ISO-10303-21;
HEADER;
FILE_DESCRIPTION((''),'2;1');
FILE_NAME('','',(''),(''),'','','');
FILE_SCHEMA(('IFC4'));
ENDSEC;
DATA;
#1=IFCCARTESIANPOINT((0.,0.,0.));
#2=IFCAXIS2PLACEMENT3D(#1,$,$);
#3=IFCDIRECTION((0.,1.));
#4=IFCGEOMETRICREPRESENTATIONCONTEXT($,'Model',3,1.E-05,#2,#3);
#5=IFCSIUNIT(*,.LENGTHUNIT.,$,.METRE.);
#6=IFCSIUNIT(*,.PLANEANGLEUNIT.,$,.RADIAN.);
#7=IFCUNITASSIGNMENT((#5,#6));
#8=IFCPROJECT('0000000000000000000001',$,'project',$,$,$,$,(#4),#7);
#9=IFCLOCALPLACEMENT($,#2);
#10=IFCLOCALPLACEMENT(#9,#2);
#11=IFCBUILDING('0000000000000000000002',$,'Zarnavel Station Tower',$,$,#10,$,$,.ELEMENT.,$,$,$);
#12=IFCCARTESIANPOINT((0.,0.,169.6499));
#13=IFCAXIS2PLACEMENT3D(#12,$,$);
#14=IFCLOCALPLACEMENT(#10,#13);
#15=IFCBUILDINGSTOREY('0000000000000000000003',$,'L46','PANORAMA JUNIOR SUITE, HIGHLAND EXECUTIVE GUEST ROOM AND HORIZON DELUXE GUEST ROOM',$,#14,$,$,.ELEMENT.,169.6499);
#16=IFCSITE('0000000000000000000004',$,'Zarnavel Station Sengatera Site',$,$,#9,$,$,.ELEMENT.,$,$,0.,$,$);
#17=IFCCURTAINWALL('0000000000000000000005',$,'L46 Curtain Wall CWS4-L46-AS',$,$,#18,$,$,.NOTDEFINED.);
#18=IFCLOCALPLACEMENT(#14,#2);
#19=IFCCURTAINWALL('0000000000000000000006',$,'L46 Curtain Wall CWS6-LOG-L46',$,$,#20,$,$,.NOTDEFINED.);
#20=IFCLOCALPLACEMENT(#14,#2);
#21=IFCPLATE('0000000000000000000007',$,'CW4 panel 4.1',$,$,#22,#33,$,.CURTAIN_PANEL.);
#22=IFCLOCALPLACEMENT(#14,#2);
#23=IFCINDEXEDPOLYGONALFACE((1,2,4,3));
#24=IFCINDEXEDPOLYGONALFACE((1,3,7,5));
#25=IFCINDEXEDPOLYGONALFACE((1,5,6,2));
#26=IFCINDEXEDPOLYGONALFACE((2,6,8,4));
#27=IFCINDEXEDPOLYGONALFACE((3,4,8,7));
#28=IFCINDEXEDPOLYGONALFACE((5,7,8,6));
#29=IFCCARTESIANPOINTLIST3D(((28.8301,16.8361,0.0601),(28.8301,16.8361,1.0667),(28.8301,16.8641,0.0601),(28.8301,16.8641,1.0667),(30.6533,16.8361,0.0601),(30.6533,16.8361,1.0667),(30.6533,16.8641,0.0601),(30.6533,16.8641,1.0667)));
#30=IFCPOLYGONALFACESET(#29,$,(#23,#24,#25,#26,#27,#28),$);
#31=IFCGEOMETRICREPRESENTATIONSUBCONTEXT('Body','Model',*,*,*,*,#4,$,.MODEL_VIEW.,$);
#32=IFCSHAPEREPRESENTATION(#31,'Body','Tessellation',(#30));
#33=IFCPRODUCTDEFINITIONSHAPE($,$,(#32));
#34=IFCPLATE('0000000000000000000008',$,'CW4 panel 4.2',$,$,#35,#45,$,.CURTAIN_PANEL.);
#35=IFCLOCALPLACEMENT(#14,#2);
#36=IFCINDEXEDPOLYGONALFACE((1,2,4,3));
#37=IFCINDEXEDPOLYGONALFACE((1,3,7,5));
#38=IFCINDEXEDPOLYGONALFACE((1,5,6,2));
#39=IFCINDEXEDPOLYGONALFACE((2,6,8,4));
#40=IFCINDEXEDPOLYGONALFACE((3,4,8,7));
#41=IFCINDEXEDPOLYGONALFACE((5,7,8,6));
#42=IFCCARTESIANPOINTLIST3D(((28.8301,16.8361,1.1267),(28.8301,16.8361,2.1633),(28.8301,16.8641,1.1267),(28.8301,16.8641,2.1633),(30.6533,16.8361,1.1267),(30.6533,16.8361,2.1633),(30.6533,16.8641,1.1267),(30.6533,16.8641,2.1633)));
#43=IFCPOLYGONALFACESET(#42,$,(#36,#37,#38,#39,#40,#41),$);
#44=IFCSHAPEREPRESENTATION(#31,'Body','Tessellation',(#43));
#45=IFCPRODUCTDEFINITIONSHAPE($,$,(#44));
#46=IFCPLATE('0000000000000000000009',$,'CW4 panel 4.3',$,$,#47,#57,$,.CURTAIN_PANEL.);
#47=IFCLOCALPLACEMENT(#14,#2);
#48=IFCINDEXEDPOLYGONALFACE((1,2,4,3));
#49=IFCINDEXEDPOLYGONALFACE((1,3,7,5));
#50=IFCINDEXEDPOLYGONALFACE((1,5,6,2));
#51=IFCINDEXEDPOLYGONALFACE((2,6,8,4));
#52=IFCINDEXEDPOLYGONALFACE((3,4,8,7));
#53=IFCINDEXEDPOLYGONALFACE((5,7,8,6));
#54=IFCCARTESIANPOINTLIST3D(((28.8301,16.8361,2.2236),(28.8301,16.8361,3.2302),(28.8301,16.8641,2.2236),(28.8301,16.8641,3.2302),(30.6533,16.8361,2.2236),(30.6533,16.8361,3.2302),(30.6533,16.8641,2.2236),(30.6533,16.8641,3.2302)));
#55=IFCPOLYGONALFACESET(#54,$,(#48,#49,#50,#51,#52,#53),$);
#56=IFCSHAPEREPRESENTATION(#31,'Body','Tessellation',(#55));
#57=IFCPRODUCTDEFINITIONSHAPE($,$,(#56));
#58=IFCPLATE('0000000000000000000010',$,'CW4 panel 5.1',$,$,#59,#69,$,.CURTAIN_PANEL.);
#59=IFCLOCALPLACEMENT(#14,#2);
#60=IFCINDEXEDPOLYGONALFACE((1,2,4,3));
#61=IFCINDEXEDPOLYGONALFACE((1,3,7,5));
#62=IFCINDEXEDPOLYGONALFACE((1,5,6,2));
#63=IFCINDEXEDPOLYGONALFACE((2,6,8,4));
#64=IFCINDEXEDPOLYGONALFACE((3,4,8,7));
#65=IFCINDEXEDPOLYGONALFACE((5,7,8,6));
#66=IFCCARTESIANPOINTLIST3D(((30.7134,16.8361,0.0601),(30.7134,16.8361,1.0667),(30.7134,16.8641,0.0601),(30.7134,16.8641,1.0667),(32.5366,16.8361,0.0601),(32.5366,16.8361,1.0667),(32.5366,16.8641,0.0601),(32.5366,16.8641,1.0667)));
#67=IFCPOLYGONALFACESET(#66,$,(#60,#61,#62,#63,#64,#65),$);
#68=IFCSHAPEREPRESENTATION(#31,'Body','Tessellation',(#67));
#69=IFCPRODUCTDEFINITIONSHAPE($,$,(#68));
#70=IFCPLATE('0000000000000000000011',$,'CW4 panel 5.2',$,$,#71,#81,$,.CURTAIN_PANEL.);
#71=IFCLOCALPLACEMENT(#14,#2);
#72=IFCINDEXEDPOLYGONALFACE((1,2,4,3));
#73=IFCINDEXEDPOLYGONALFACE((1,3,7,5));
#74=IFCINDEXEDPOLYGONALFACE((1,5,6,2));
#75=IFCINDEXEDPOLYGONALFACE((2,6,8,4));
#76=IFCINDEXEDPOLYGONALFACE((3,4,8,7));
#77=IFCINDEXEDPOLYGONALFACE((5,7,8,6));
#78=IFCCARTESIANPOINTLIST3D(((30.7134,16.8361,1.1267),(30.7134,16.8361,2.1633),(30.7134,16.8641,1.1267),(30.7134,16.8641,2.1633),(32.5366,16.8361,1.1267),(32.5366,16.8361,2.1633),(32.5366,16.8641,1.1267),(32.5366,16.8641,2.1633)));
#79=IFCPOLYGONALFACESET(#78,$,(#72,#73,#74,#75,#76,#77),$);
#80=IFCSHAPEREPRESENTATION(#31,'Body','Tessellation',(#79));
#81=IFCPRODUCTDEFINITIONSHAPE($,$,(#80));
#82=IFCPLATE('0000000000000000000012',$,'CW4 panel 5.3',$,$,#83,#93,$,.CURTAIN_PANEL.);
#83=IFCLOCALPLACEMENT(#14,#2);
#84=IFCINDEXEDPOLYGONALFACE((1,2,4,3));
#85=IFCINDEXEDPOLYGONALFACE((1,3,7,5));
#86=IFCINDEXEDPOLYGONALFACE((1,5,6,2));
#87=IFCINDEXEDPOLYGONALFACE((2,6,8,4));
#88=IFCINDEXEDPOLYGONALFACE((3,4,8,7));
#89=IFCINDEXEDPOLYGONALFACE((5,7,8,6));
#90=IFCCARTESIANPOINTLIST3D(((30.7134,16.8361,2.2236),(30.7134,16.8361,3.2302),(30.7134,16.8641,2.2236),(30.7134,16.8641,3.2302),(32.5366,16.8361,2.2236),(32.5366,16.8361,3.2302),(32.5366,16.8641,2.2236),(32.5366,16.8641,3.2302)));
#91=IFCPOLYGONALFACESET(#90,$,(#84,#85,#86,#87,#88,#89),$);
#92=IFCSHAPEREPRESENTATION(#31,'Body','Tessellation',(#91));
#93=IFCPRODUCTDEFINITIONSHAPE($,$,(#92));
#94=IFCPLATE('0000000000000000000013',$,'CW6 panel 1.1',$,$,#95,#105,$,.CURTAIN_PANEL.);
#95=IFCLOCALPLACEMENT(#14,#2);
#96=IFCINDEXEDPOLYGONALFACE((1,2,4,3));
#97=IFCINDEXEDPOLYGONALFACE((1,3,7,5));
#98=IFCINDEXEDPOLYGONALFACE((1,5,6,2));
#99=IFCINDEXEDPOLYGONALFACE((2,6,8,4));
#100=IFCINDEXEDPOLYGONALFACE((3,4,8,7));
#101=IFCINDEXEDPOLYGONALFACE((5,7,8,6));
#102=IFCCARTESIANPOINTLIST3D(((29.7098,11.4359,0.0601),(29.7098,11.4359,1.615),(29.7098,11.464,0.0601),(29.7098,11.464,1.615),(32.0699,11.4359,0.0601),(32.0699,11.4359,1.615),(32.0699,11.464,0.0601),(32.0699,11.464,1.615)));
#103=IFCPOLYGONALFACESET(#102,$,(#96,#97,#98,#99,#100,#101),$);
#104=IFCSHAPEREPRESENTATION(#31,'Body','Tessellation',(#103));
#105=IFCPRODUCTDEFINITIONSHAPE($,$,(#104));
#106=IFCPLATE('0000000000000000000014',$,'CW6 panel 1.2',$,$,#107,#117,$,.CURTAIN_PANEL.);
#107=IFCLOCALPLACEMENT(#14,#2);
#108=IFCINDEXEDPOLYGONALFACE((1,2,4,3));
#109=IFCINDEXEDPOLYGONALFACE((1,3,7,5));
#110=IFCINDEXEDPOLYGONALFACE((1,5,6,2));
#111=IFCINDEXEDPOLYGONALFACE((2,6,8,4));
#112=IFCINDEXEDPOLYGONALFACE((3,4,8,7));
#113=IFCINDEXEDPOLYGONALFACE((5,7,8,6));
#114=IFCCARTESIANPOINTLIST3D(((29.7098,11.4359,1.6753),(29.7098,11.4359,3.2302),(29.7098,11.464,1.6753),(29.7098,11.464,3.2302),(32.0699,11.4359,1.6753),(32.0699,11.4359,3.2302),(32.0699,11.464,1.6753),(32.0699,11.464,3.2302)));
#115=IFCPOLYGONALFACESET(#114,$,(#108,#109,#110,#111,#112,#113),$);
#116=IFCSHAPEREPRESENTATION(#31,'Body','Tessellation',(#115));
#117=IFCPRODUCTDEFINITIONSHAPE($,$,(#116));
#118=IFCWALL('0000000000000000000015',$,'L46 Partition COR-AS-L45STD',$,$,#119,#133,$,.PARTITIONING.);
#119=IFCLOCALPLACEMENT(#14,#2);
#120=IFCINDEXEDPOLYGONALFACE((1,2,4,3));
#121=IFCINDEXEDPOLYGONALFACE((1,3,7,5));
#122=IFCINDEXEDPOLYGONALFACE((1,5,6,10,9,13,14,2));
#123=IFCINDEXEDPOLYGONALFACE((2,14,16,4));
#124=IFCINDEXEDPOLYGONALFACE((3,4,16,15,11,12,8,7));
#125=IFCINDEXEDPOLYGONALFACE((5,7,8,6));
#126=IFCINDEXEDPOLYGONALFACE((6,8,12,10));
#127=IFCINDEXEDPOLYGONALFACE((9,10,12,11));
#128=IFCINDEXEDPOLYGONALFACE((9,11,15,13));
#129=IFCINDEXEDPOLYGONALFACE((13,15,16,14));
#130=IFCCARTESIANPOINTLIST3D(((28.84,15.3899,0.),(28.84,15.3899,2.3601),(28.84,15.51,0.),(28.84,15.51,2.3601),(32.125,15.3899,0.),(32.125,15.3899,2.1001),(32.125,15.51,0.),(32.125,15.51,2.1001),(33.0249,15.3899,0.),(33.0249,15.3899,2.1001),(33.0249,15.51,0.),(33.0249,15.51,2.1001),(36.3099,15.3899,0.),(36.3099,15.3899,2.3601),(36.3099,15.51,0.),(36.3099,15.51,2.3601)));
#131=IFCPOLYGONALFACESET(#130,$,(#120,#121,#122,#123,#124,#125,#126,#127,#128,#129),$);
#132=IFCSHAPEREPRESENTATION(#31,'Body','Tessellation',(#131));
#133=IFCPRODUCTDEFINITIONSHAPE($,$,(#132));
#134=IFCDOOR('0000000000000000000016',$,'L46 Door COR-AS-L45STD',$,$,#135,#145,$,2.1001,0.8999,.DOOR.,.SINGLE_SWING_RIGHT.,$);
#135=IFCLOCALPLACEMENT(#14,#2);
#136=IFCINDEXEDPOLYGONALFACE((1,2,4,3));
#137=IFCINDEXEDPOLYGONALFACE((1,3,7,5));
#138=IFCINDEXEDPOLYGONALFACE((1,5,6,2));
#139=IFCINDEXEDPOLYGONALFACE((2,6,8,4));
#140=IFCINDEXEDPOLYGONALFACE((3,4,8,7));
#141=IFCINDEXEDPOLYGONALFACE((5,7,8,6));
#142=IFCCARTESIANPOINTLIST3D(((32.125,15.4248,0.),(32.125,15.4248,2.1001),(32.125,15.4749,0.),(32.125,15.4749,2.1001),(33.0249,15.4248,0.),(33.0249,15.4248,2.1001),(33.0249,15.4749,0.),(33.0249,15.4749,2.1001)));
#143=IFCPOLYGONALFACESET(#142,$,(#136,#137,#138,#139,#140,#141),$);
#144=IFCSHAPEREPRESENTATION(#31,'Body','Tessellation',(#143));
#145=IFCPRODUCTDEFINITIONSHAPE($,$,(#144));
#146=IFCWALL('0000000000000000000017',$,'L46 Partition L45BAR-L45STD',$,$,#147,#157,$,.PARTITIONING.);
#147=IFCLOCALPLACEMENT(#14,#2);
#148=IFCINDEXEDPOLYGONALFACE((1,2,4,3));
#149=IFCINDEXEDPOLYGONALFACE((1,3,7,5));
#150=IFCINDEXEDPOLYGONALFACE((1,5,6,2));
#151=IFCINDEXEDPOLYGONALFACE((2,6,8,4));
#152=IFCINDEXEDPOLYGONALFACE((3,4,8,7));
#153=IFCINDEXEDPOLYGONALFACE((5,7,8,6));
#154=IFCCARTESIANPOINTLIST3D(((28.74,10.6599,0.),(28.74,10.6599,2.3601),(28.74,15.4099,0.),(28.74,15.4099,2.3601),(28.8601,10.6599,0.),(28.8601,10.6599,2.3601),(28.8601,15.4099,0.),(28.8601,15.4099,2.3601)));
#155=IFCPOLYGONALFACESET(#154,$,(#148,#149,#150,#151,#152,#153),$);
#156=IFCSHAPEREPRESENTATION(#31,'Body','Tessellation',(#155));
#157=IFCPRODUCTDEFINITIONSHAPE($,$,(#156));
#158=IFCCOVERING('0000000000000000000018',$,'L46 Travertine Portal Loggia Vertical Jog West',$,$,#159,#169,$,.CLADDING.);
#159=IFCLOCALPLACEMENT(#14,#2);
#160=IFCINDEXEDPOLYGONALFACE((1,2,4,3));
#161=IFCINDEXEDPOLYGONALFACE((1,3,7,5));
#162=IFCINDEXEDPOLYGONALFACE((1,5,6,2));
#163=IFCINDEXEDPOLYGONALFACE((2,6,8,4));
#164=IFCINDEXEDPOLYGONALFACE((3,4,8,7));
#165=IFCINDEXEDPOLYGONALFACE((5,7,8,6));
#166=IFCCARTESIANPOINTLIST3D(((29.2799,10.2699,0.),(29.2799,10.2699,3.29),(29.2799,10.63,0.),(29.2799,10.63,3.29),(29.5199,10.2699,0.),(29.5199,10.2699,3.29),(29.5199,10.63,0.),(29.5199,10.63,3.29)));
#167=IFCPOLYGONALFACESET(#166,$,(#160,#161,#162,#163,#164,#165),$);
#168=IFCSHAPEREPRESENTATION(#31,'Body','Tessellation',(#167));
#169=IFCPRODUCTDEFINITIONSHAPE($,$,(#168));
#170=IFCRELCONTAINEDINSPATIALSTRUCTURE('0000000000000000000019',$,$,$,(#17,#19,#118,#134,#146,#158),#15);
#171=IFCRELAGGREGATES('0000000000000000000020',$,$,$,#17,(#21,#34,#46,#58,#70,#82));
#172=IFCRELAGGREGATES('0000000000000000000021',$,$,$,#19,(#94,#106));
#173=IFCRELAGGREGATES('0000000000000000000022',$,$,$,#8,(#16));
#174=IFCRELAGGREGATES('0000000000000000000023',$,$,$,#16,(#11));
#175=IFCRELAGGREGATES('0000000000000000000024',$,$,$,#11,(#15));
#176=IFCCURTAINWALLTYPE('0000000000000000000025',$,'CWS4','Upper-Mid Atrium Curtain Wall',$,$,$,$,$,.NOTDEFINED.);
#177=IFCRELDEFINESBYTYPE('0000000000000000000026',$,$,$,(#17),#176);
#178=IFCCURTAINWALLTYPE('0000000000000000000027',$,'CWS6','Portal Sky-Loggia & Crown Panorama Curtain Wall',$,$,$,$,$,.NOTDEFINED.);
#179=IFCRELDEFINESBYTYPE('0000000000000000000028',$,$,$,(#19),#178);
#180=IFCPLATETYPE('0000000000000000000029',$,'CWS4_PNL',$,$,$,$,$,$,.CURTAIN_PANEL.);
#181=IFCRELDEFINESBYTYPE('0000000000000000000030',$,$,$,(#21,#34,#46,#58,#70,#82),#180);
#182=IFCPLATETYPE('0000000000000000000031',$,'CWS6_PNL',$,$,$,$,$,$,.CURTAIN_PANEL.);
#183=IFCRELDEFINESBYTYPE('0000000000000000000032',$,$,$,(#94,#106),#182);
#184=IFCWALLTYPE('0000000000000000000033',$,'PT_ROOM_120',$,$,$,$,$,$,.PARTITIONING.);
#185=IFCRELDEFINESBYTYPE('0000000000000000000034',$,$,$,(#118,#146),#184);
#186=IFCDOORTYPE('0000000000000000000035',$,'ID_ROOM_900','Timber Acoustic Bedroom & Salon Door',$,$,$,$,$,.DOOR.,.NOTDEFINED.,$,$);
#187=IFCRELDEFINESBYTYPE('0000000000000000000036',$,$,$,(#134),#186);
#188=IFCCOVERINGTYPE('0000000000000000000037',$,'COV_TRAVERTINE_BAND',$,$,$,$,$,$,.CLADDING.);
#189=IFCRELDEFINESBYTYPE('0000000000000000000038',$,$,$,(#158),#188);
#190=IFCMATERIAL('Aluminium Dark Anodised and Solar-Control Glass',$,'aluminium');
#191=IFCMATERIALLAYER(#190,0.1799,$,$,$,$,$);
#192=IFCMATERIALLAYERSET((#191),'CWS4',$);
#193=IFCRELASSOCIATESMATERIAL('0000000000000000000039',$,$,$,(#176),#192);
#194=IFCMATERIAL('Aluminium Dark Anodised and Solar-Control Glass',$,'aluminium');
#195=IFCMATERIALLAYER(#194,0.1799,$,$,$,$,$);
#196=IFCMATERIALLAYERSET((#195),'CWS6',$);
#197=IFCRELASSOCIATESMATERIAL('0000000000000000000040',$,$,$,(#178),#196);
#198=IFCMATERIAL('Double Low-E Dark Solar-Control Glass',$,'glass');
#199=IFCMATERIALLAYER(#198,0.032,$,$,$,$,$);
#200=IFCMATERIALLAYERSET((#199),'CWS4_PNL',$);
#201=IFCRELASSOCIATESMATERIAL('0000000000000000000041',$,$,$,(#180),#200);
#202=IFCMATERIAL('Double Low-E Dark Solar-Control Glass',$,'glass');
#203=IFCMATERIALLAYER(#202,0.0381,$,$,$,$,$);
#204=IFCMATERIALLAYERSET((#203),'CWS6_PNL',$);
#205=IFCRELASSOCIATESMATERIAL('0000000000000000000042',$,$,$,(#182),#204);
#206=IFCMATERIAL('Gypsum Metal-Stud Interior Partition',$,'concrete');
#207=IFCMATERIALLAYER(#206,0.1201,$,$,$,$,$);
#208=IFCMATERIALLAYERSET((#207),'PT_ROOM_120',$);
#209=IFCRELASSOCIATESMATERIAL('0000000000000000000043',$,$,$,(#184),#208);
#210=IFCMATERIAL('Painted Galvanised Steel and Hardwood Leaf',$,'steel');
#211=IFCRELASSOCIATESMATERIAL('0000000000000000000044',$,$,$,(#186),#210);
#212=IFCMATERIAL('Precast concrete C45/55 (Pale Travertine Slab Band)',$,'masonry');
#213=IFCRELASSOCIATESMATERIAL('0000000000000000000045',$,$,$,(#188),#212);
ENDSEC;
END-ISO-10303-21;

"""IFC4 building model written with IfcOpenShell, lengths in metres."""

from ifc_helpers import new_model, si_unit, direction, frame, frame_2d, origin, origin_2d, place, context, subcontext, project, spatial, rectangle, extrude, material, layer, layer_set, type_object, element, fill, aggregate, save


model = new_model("IFC4")

# Units and contexts
model_context = context("Model", 3, precision=1e-05, world=origin(), true_north=direction((0.0, 1.0)))
body_context = subcontext(model_context, "Body", "Model", "MODEL_VIEW")
ifc_project = project(units=[si_unit("LENGTHUNIT", "METRE"), si_unit("PLANEANGLEUNIT", "RADIAN")], contexts=[model_context])

# Site, building, storey
site_placement = place(None, origin())
site = spatial("IfcSite", under=ifc_project, at=site_placement, Name="Zarnavel Station Sengatera Site", CompositionType="ELEMENT", RefElevation=0.0)
building_placement = place(site_placement, origin())
building = spatial("IfcBuilding", under=site, at=building_placement, Name="Zarnavel Station Tower", CompositionType="ELEMENT")
storey_placement = place(building_placement, frame((0.0, 0.0, 169.6499)))
storey = spatial("IfcBuildingStorey", under=building, at=storey_placement, Name="L46", Description="PANORAMA JUNIOR SUITE, HIGHLAND EXECUTIVE GUEST ROOM AND HORIZON DELUXE GUEST ROOM", CompositionType="ELEMENT", Elevation=169.6499)

# Curtain walls
ifc_material_1 = material(Name="Aluminium Dark Anodised and Solar-Control Glass", Category="aluminium")
ifc_layer_1 = layer(ifc_material_1, 0.1799)
ifc_layer_set_1 = layer_set([ifc_layer_1], Name="CWS4")
curtain_wall_type_1 = type_object("IfcCurtainWallType", Name="CWS4", Description="Upper-Mid Atrium Curtain Wall", PredefinedType="NOTDEFINED", material=ifc_layer_set_1)
curtain_wall_1_placement = place(storey_placement, origin())
curtain_wall_1 = element("IfcCurtainWall", 1, at=curtain_wall_1_placement, inside=storey, type_object=curtain_wall_type_1, Name="L46 Curtain Wall CWS4-L46-AS", PredefinedType="NOTDEFINED")
ifc_material_2 = material(Name="Aluminium Dark Anodised and Solar-Control Glass", Category="aluminium")
ifc_layer_2 = layer(ifc_material_2, 0.1799)
ifc_layer_set_2 = layer_set([ifc_layer_2], Name="CWS6")
curtain_wall_type_2 = type_object("IfcCurtainWallType", Name="CWS6", Description="Portal Sky-Loggia & Crown Panorama Curtain Wall", PredefinedType="NOTDEFINED", material=ifc_layer_set_2)
curtain_wall_2_placement = place(storey_placement, origin())
curtain_wall_2 = element("IfcCurtainWall", 2, at=curtain_wall_2_placement, inside=storey, type_object=curtain_wall_type_2, Name="L46 Curtain Wall CWS6-LOG-L46", PredefinedType="NOTDEFINED")

# Plates
ifc_material_3 = material(Name="Double Low-E Dark Solar-Control Glass", Category="glass")
ifc_layer_3 = layer(ifc_material_3, 0.032)
ifc_layer_set_3 = layer_set([ifc_layer_3], Name="CWS4_PNL")
plate_type_1 = type_object("IfcPlateType", Name="CWS4_PNL", PredefinedType="CURTAIN_PANEL", material=ifc_layer_set_3)
plate_1_placement = place(storey_placement, frame((29.7417, 16.8501, 0.0601), z_axis=(0.0, 0.0, 1.0), x_axis=(1.0, 0.0, 0.0)))
plate_1 = element("IfcPlate", 3, at=plate_1_placement, type_object=plate_type_1, Name="CW4 panel 4.1", PredefinedType="CURTAIN_PANEL", context=body_context, shape_type="SweptSolid", body=[
    extrude(rectangle(XDim=1.8232, YDim=0.0281, at=origin_2d()), origin(), (0.0, 0.0, 1.0), 1.0066),
])
plate_2_placement = place(storey_placement, frame((29.7417, 16.8501, 1.1267), z_axis=(0.0, 0.0, 1.0), x_axis=(1.0, 0.0, 0.0)))
plate_2 = element("IfcPlate", 4, at=plate_2_placement, type_object=plate_type_1, Name="CW4 panel 4.2", PredefinedType="CURTAIN_PANEL", context=body_context, shape_type="SweptSolid", body=[
    extrude(rectangle(XDim=1.8232, YDim=0.0281, at=origin_2d()), origin(), (0.0, 0.0, 1.0), 1.0366),
])
plate_3_placement = place(storey_placement, frame((29.7417, 16.8501, 2.2236), z_axis=(0.0, 0.0, 1.0), x_axis=(1.0, 0.0, 0.0)))
plate_3 = element("IfcPlate", 5, at=plate_3_placement, type_object=plate_type_1, Name="CW4 panel 4.3", PredefinedType="CURTAIN_PANEL", context=body_context, shape_type="SweptSolid", body=[
    extrude(rectangle(XDim=1.8232, YDim=0.0281, at=origin_2d()), origin(), (0.0, 0.0, 1.0), 1.0066),
])
plate_4_placement = place(storey_placement, frame((31.625, 16.8501, 0.0601), z_axis=(0.0, 0.0, 1.0), x_axis=(1.0, 0.0, 0.0)))
plate_4 = element("IfcPlate", 6, at=plate_4_placement, type_object=plate_type_1, Name="CW4 panel 5.1", PredefinedType="CURTAIN_PANEL", context=body_context, shape_type="SweptSolid", body=[
    extrude(rectangle(XDim=1.8232, YDim=0.0281, at=origin_2d()), origin(), (0.0, 0.0, 1.0), 1.0066),
])
plate_5_placement = place(storey_placement, frame((31.625, 16.8501, 1.1267), z_axis=(0.0, 0.0, 1.0), x_axis=(1.0, 0.0, 0.0)))
plate_5 = element("IfcPlate", 7, at=plate_5_placement, type_object=plate_type_1, Name="CW4 panel 5.2", PredefinedType="CURTAIN_PANEL", context=body_context, shape_type="SweptSolid", body=[
    extrude(rectangle(XDim=1.8232, YDim=0.0281, at=origin_2d()), origin(), (0.0, 0.0, 1.0), 1.0366),
])
plate_6_placement = place(storey_placement, frame((31.625, 16.8501, 2.2236), z_axis=(0.0, 0.0, 1.0), x_axis=(1.0, 0.0, 0.0)))
plate_6 = element("IfcPlate", 8, at=plate_6_placement, type_object=plate_type_1, Name="CW4 panel 5.3", PredefinedType="CURTAIN_PANEL", context=body_context, shape_type="SweptSolid", body=[
    extrude(rectangle(XDim=1.8232, YDim=0.0281, at=origin_2d()), origin(), (0.0, 0.0, 1.0), 1.0066),
])
aggregate(curtain_wall_1, [plate_1, plate_2, plate_3, plate_4, plate_5, plate_6])
ifc_material_4 = material(Name="Double Low-E Dark Solar-Control Glass", Category="glass")
ifc_layer_4 = layer(ifc_material_4, 0.0381)
ifc_layer_set_4 = layer_set([ifc_layer_4], Name="CWS6_PNL")
plate_type_2 = type_object("IfcPlateType", Name="CWS6_PNL", PredefinedType="CURTAIN_PANEL", material=ifc_layer_set_4)
plate_7_placement = place(storey_placement, frame((30.8899, 11.45, 0.0601), z_axis=(0.0, 0.0, 1.0), x_axis=(1.0, 0.0, 0.0)))
plate_7 = element("IfcPlate", 9, at=plate_7_placement, type_object=plate_type_2, Name="CW6 panel 1.1", PredefinedType="CURTAIN_PANEL", context=body_context, shape_type="SweptSolid", body=[
    extrude(rectangle(XDim=2.3601, YDim=0.0281, at=origin_2d()), origin(), (0.0, 0.0, 1.0), 1.5549),
])
plate_8_placement = place(storey_placement, frame((30.8899, 11.45, 1.6753), z_axis=(0.0, 0.0, 1.0), x_axis=(1.0, 0.0, 0.0)))
plate_8 = element("IfcPlate", 10, at=plate_8_placement, type_object=plate_type_2, Name="CW6 panel 1.2", PredefinedType="CURTAIN_PANEL", context=body_context, shape_type="SweptSolid", body=[
    extrude(rectangle(XDim=2.3601, YDim=0.0281, at=origin_2d()), origin(), (0.0, 0.0, 1.0), 1.5549),
])
aggregate(curtain_wall_2, [plate_7, plate_8])

# Wall, opening, door
ifc_material_5 = material(Name="Gypsum Metal-Stud Interior Partition", Category="concrete")
ifc_layer_5 = layer(ifc_material_5, 0.1201)
ifc_layer_set_5 = layer_set([ifc_layer_5], Name="PT_ROOM_120")
wall_type = type_object("IfcWallType", Name="PT_ROOM_120", PredefinedType="PARTITIONING", material=ifc_layer_set_5)
wall_1_placement = place(storey_placement, frame((28.8401, 15.45, 0.0), z_axis=(0.0, 0.0, 1.0), x_axis=(1.0, 0.0, 0.0)))
wall_1 = element("IfcWall", 11, at=wall_1_placement, inside=storey, type_object=wall_type, Name="L46 Partition COR-AS-L45STD", PredefinedType="PARTITIONING", context=body_context, shape_type="SweptSolid", body=[
    extrude(rectangle(XDim=7.47, YDim=0.1201, at=frame_2d((3.7349, 0.0))), origin(), (0.0, 0.0, 1.0), 2.3601),
])
opening_placement = place(wall_1_placement, frame((3.2849, 0.0, 0.0)))
opening = element("IfcOpeningElement", 12, at=opening_placement, cuts=wall_1, PredefinedType="OPENING", context=body_context, shape_type="SweptSolid", body=[
    extrude(rectangle(XDim=0.8999, YDim=2.1001, at=frame_2d((0.45, 1.05))), frame((0.0, 0.0701, 0.0), z_axis=(0.0, -1.0, 0.0), x_axis=(1.0, 0.0, 0.0)), (0.0, 0.0, 1.0), 0.1401),
])
ifc_material_6 = material(Name="Painted Galvanised Steel and Hardwood Leaf", Category="steel")
door_type = type_object("IfcDoorType", Name="ID_ROOM_900", Description="Timber Acoustic Bedroom & Salon Door", OperationType="NOTDEFINED", PredefinedType="DOOR", material=ifc_material_6)
door_placement = place(opening_placement, origin())
door = element("IfcDoor", 13, at=door_placement, inside=storey, type_object=door_type, Name="L46 Door COR-AS-L45STD", OperationType="SINGLE_SWING_RIGHT", OverallHeight=2.1001, OverallWidth=0.8999, PredefinedType="DOOR", context=body_context, shape_type="SweptSolid", body=[
    extrude(rectangle(XDim=0.8999, YDim=2.1001, at=frame_2d((0.45, 1.05))), frame((0.0, 0.0249, 0.0), z_axis=(0.0, -1.0, 0.0), x_axis=(1.0, 0.0, 0.0)), (0.0, 0.0, 1.0), 0.05),
])
fill(opening, door)

# Wall
wall_2_placement = place(storey_placement, frame((28.8, 10.6599, 0.0), z_axis=(0.0, 0.0, 1.0), x_axis=(0.0, 1.0, 0.0)))
element("IfcWall", 14, at=wall_2_placement, inside=storey, type_object=wall_type, Name="L46 Partition L45BAR-L45STD", PredefinedType="PARTITIONING", context=body_context, shape_type="SweptSolid", body=[
    extrude(rectangle(XDim=4.75, YDim=0.1201, at=frame_2d((2.375, 0.0))), origin(), (0.0, 0.0, 1.0), 2.3601),
])

# Covering
ifc_material_7 = material(Name="Precast concrete C45/55 (Pale Travertine Slab Band)", Category="masonry")
covering_type = type_object("IfcCoveringType", Name="COV_TRAVERTINE_BAND", PredefinedType="CLADDING", material=ifc_material_7)
covering_placement = place(storey_placement, frame((29.3999, 10.45, 0.0), z_axis=(0.0, 0.0, 1.0), x_axis=(1.0, 0.0, 0.0)))
element("IfcCovering", 15, at=covering_placement, inside=storey, type_object=covering_type, Name="L46 Travertine Portal Loggia Vertical Jog West", PredefinedType="CLADDING", context=body_context, shape_type="SweptSolid", body=[
    extrude(rectangle(XDim=0.24, YDim=0.3601, at=origin_2d()), origin(), (0.0, 0.0, 1.0), 3.29),
])

save(model, "model.ifc")
